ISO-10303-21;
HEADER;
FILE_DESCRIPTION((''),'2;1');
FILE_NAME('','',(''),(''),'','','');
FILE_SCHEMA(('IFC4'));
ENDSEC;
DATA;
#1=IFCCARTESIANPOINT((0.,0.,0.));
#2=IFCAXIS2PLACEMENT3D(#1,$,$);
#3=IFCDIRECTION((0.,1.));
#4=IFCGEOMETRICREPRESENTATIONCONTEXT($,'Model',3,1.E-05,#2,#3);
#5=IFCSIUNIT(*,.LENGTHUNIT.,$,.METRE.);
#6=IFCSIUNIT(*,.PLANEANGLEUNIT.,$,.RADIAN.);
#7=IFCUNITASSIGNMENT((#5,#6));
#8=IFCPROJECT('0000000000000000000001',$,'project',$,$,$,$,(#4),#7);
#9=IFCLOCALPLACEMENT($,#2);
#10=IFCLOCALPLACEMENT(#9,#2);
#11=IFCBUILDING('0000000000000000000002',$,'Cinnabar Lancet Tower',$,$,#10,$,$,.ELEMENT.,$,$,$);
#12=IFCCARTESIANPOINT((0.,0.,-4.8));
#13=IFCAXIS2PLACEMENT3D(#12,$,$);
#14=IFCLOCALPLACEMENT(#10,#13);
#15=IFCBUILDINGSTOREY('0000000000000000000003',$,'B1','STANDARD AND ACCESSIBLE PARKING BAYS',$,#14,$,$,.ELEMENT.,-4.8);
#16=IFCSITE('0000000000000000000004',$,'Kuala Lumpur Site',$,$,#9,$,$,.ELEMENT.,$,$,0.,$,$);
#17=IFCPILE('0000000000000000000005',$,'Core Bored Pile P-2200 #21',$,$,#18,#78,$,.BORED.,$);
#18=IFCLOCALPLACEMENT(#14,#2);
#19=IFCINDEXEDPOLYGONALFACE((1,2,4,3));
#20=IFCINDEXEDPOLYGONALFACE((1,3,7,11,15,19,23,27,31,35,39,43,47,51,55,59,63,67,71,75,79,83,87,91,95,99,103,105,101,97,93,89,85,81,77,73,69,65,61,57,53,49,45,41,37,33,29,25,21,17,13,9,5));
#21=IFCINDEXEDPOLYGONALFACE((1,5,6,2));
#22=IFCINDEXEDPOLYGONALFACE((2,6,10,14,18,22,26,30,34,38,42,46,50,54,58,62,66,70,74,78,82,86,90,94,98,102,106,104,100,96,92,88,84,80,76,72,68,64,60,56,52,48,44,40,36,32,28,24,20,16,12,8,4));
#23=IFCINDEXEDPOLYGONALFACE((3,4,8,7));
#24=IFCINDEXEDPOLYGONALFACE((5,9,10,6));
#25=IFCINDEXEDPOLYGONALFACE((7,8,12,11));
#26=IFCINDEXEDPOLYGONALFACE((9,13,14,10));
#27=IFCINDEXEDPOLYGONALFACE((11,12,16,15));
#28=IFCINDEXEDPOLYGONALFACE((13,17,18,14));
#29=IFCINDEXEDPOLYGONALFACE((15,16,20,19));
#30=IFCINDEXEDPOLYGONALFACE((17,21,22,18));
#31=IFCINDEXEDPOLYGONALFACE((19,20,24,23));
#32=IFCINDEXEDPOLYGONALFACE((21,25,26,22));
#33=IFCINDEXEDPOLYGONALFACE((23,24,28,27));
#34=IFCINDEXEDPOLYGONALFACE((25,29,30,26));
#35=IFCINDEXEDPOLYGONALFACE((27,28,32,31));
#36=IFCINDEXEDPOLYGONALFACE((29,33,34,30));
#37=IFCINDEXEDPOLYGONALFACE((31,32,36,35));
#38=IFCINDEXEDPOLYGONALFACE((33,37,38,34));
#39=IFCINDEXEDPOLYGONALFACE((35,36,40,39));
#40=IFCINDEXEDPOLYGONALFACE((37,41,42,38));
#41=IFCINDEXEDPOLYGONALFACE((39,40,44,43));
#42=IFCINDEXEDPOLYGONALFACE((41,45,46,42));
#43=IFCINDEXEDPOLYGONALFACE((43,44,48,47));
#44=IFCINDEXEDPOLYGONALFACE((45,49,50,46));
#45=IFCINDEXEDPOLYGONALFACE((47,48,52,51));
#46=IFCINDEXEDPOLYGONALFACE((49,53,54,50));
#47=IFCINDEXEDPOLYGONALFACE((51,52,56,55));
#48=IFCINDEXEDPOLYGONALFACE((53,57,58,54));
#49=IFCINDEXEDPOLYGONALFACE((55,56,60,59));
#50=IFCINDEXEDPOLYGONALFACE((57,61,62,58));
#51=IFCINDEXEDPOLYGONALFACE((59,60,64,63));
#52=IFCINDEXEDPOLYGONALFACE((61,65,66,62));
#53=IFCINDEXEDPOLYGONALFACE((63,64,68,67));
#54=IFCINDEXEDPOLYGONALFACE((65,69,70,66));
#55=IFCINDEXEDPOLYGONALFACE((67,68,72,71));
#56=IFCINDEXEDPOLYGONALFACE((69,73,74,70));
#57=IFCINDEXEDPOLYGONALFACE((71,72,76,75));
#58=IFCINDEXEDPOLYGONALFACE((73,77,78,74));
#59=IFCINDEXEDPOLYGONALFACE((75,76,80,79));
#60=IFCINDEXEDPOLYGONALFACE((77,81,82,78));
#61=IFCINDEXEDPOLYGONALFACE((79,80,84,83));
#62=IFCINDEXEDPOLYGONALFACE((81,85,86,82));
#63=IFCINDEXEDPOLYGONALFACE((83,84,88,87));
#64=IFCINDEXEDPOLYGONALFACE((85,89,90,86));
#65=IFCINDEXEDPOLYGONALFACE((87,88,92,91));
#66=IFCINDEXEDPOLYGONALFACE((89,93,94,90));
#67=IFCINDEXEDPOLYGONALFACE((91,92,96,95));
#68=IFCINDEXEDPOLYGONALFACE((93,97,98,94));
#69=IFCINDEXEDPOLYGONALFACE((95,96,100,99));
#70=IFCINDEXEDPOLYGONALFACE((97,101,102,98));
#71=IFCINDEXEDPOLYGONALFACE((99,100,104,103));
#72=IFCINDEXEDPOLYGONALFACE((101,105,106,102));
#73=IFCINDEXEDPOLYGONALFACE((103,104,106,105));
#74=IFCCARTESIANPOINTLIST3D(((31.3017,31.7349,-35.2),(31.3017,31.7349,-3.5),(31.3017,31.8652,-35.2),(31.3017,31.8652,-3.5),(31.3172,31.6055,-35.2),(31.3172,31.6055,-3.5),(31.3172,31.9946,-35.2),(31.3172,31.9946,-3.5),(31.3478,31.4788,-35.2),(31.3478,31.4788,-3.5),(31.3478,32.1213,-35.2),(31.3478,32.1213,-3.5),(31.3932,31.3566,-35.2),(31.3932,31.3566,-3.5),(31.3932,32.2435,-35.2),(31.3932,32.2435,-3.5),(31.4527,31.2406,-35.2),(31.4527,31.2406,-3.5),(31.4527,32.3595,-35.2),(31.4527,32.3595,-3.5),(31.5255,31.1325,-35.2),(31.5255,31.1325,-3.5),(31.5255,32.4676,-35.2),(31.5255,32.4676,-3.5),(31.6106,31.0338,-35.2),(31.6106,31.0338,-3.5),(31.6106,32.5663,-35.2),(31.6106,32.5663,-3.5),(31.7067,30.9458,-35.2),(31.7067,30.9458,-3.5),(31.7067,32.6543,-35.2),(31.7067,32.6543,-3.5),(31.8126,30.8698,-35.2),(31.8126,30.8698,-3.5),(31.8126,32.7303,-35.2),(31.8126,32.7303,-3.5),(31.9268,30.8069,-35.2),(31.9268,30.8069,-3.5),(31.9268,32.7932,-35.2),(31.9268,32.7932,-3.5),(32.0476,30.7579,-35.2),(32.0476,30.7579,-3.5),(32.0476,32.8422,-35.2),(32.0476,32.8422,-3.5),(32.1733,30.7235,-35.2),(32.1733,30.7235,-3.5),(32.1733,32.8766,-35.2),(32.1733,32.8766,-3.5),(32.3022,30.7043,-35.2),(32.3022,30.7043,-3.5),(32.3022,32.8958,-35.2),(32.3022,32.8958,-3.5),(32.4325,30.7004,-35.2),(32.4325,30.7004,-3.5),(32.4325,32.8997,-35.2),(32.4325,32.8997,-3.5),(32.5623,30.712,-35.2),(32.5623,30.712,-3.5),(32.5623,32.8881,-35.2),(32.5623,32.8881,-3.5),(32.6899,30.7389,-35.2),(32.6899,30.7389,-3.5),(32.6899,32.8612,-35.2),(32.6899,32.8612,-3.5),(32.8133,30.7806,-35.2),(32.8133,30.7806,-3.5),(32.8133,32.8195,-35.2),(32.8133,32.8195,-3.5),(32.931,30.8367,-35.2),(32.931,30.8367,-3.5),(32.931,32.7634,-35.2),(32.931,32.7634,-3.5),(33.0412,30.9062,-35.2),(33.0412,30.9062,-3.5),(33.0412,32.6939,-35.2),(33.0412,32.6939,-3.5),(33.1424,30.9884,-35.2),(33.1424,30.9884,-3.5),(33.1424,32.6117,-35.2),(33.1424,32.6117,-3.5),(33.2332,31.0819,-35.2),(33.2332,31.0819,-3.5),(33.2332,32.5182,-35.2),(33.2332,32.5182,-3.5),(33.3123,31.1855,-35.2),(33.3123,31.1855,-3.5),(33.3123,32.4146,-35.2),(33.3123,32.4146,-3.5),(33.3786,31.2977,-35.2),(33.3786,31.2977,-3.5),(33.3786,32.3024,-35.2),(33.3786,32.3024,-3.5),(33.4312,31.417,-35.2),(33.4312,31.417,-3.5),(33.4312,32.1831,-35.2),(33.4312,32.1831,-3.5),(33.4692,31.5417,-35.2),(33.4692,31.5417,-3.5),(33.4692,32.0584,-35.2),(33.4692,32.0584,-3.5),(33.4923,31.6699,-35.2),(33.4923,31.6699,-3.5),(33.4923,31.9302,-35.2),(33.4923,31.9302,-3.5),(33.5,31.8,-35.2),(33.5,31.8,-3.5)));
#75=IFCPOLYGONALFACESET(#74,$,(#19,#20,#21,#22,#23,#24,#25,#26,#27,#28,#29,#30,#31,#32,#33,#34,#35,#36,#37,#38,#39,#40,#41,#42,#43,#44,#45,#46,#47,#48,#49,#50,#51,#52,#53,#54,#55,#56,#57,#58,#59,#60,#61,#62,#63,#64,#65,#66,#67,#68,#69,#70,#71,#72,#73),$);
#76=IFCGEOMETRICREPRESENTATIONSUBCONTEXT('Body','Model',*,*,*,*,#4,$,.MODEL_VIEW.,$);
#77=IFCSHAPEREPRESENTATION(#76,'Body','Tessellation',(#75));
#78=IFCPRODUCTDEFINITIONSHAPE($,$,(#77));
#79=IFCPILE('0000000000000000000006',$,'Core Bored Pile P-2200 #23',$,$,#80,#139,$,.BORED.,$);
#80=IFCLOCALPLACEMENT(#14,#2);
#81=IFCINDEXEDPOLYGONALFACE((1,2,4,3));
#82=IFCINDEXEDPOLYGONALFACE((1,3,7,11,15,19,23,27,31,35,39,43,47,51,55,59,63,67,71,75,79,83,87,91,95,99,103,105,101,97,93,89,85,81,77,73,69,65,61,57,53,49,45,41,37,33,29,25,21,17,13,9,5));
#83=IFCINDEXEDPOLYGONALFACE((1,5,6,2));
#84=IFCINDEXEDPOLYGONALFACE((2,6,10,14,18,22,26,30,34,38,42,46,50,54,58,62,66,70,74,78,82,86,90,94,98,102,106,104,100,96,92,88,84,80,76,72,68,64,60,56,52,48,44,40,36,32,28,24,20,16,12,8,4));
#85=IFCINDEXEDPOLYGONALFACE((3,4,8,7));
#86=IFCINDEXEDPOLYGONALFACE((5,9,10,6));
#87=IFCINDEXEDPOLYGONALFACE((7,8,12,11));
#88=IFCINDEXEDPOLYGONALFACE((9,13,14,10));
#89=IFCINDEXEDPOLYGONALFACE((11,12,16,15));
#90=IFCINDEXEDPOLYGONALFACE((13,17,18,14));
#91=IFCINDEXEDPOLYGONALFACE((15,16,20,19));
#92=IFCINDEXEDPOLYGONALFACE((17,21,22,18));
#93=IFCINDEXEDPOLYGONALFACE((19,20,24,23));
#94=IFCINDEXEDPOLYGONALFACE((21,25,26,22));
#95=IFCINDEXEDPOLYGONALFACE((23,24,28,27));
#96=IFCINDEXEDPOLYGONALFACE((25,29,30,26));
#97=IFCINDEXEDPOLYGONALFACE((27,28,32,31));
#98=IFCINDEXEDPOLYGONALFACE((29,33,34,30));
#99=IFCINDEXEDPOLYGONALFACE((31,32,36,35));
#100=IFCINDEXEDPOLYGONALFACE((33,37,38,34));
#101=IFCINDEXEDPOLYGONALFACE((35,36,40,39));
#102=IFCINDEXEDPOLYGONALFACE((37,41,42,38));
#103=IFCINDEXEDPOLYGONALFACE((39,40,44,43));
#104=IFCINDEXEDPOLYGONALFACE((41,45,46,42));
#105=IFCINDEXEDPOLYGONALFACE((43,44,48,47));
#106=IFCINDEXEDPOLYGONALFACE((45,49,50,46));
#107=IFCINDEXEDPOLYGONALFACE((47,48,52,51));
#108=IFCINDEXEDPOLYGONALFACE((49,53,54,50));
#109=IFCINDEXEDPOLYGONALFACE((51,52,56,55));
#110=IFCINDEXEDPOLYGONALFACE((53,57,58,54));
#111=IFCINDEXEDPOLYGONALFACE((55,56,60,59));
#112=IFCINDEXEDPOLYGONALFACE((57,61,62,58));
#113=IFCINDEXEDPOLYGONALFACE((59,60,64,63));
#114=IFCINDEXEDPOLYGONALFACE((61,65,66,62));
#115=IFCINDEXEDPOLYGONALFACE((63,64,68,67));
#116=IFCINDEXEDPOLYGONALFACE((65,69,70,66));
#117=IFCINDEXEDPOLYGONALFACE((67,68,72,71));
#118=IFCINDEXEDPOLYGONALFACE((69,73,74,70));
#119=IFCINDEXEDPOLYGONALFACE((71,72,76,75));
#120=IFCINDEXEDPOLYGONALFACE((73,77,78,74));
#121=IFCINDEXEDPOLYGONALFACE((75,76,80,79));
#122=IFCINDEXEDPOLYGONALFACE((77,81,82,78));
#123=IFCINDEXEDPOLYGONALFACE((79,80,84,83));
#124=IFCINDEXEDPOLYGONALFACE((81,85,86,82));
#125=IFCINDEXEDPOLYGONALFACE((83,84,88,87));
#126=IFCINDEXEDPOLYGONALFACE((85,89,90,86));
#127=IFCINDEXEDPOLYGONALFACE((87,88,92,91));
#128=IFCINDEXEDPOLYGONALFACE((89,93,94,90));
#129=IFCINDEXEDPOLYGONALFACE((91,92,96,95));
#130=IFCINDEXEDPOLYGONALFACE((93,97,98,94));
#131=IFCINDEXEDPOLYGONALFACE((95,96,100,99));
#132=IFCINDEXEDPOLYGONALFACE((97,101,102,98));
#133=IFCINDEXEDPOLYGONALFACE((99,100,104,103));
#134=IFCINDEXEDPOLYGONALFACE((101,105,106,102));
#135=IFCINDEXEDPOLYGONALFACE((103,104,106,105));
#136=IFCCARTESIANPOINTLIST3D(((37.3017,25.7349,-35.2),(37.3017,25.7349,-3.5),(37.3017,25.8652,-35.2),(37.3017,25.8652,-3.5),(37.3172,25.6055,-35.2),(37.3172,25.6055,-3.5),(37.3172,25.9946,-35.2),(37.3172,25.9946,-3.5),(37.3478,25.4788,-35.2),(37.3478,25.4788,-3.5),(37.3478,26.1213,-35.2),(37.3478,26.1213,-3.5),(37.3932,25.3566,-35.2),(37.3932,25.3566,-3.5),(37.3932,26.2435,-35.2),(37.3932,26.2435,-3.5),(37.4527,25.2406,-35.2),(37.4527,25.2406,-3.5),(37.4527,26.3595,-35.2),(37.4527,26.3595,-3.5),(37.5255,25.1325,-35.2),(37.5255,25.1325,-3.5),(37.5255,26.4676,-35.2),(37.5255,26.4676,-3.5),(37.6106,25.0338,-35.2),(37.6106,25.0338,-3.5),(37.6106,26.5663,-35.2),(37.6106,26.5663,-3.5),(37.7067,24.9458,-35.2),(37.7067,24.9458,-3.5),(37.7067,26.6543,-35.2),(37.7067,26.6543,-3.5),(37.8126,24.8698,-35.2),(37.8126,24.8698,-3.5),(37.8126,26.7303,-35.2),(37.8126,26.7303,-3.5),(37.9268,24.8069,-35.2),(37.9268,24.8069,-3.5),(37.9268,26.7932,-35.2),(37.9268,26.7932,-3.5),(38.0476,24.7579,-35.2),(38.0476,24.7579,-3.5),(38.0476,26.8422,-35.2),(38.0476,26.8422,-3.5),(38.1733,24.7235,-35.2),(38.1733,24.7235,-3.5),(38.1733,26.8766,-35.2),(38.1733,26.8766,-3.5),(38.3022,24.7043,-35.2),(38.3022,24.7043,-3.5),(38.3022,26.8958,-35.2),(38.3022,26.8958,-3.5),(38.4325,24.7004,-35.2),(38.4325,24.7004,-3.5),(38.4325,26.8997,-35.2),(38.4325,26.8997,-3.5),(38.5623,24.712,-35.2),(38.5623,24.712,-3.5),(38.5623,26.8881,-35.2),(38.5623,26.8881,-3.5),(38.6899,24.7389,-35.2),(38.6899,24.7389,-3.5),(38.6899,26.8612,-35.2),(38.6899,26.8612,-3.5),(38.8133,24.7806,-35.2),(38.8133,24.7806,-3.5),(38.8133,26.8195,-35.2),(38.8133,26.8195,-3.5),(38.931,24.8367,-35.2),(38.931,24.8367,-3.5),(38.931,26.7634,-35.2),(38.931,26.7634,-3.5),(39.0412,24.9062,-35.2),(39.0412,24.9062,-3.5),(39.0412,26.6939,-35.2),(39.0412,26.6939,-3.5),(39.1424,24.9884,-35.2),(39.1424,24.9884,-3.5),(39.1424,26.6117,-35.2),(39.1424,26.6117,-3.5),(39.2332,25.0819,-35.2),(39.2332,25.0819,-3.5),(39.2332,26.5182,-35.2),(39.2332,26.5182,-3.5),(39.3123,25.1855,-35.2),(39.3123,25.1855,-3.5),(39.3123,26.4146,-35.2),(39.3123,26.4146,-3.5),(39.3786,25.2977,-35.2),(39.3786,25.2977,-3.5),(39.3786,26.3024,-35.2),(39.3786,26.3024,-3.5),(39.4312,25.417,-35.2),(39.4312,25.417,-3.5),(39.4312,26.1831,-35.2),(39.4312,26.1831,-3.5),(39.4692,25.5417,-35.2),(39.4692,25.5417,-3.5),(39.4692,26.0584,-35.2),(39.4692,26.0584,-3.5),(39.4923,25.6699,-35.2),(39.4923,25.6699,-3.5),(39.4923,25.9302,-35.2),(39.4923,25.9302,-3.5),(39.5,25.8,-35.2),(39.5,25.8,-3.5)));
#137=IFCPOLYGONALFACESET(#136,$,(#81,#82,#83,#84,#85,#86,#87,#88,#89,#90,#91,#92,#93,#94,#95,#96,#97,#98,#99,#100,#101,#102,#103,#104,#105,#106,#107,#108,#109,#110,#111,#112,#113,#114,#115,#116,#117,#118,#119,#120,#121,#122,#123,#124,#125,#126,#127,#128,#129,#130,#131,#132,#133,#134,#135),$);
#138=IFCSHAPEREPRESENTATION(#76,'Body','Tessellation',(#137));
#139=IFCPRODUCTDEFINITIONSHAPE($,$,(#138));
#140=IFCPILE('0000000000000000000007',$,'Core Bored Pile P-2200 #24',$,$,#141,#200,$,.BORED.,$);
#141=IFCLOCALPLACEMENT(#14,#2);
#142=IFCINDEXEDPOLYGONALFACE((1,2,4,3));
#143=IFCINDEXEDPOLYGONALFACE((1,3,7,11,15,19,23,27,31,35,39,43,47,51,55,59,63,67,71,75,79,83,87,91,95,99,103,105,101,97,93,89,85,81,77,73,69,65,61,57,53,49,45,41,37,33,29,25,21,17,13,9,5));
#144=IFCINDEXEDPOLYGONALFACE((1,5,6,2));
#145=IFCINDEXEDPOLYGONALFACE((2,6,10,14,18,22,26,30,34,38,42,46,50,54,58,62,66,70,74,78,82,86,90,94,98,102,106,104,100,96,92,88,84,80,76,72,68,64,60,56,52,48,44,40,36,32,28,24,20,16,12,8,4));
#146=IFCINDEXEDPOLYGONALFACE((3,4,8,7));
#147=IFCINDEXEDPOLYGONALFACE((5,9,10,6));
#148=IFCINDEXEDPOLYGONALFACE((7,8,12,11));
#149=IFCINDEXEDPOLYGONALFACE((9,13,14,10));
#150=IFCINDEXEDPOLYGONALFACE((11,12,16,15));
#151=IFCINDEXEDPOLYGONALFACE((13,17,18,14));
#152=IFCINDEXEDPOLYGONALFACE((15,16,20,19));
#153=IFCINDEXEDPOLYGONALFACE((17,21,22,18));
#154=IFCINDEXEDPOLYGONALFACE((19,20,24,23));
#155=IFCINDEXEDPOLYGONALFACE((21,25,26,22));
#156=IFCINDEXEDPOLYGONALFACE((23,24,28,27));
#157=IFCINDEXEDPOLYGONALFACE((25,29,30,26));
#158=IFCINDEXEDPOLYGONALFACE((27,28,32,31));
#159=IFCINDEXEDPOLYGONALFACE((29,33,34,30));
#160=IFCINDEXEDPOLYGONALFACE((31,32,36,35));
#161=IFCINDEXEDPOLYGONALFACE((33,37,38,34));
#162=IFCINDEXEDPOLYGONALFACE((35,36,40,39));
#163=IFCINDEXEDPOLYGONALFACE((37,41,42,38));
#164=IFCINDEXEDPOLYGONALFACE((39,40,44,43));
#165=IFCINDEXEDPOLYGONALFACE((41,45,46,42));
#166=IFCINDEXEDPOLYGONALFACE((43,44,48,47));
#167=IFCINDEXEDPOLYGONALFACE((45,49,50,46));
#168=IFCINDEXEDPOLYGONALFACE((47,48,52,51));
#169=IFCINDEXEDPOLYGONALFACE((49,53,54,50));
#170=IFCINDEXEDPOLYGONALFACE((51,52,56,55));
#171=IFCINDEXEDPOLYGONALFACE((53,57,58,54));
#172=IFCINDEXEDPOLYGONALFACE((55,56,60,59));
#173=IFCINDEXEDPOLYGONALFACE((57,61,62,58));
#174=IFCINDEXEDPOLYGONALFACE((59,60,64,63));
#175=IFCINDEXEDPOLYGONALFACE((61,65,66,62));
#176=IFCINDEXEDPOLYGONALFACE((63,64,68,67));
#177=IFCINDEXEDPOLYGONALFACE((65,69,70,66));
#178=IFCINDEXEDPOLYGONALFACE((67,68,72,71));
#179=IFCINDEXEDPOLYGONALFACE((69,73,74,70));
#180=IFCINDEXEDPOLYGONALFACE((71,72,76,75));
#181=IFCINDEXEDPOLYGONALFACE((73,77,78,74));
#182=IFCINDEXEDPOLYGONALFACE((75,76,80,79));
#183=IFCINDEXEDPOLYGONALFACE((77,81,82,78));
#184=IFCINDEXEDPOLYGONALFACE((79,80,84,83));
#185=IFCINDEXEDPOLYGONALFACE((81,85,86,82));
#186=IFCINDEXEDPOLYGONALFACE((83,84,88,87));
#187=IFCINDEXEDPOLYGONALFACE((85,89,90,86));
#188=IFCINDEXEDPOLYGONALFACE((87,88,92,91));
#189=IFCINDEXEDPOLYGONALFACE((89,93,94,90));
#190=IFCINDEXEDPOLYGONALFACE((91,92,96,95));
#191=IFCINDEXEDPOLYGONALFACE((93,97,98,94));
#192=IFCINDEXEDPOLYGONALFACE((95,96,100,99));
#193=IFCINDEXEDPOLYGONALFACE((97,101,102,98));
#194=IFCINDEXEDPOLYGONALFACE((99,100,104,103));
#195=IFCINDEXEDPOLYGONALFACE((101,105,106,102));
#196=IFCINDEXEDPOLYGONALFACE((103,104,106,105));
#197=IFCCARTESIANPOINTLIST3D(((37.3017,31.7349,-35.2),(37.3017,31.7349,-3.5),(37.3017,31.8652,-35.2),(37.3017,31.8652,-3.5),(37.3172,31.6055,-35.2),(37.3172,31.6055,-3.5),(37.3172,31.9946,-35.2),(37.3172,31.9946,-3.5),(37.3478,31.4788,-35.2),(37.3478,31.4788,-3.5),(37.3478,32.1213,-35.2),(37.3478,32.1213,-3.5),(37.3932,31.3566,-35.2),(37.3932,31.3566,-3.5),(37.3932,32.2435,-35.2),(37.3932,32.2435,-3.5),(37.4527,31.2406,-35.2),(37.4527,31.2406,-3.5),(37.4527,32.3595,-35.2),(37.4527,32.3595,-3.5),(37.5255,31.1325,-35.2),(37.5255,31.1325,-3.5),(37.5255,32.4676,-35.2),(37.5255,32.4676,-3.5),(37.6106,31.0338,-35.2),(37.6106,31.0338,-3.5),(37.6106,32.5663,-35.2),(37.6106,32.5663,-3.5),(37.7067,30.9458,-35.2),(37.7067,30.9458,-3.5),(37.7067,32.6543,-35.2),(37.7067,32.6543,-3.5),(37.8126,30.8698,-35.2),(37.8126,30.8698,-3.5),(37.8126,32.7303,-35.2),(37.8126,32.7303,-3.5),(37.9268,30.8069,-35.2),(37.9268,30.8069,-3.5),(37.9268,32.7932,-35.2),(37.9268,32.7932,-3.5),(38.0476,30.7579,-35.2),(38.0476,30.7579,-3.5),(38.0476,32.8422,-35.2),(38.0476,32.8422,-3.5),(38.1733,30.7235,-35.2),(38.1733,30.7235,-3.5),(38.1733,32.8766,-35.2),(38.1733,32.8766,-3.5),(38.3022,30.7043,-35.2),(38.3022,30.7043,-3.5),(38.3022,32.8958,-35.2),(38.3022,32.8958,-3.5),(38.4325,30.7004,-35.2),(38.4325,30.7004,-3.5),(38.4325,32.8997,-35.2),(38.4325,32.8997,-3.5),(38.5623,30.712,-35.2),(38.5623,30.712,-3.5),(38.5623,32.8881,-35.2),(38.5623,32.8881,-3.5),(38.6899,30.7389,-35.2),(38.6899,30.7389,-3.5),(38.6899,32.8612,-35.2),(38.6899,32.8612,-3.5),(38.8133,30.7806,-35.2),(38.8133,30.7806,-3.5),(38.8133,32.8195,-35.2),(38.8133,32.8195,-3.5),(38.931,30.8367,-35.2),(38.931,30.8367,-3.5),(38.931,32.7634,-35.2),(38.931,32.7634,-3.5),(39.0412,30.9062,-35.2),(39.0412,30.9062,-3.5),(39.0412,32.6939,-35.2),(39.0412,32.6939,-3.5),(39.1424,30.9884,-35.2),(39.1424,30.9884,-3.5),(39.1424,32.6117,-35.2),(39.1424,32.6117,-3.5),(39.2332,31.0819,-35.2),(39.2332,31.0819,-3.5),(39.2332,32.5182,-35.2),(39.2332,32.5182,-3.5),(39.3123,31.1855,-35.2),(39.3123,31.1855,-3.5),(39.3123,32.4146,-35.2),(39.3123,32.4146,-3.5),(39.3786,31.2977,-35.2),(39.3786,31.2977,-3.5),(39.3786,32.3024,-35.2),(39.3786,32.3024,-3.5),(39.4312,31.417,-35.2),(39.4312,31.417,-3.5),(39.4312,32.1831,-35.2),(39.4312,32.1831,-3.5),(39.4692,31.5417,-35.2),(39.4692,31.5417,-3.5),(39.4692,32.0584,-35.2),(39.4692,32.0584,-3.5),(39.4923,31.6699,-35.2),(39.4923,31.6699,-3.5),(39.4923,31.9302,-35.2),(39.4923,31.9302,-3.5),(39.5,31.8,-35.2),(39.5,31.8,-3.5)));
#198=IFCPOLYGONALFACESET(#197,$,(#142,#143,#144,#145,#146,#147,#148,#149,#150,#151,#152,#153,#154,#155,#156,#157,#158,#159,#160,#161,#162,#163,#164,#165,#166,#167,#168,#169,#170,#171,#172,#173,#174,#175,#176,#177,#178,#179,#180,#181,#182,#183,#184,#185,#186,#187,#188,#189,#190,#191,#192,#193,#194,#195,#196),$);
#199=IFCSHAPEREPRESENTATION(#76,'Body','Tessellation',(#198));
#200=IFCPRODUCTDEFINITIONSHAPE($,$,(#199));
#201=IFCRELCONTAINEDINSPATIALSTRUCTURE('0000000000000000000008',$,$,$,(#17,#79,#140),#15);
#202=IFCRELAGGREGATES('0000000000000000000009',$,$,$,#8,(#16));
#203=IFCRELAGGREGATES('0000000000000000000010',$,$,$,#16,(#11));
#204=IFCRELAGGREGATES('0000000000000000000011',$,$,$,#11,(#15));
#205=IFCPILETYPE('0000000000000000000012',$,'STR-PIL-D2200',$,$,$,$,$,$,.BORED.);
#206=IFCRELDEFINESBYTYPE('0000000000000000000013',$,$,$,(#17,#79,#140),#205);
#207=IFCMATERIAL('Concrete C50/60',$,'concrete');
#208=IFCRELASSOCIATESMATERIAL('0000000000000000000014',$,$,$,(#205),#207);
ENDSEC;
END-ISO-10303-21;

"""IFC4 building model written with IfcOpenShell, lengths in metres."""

from ifc_helpers import new_model, si_unit, direction, frame, origin, origin_2d, place, context, subcontext, project, spatial, circle, extrude, material, material_profile, profile_set, type_object, element, save


model = new_model("IFC4")

# Units and contexts
model_context = context("Model", 3, precision=1e-05, world=origin(), true_north=direction((0.0, 1.0)))
body_context = subcontext(model_context, "Body", "Model", "MODEL_VIEW")
ifc_project = project(units=[si_unit("LENGTHUNIT", "METRE"), si_unit("PLANEANGLEUNIT", "RADIAN")], contexts=[model_context])

# Site, building, storey
site_placement = place(None, origin())
site = spatial("IfcSite", under=ifc_project, at=site_placement, Name="Kuala Lumpur Site", CompositionType="ELEMENT", RefElevation=0.0)
building_placement = place(site_placement, origin())
building = spatial("IfcBuilding", under=site, at=building_placement, Name="Cinnabar Lancet Tower", CompositionType="ELEMENT")
storey_placement = place(building_placement, frame((0.0, 0.0, -4.8)))
storey = spatial("IfcBuildingStorey", under=building, at=storey_placement, Name="B1", Description="STANDARD AND ACCESSIBLE PARKING BAYS", CompositionType="ELEMENT", Elevation=-4.8)

# Piles
ifc_material_1 = material(Name="Concrete C50/60", Category="concrete")
ifc_material_profile_1 = material_profile(ifc_material_1, circle(Radius=1.1001, at=origin_2d()), Name="PILE D2200")
ifc_profile_set_1 = profile_set([ifc_material_profile_1], Name="Concrete C50/60")
pile_type_1 = type_object("IfcPileType", Name="STR-PIL-D2200", PredefinedType="BORED", material=ifc_profile_set_1)
for number, where, z_axis, x_axis, name in (
    (1, (32.3999, 31.8, -3.5), (0.0, 0.0, -1.0), (1.0, 0.0, 0.0), "Core Bored Pile P-2200 #21"),
    (2, (38.3999, 25.8, -3.5), (0.0, 0.0, -1.0), (1.0, 0.0, 0.0), "Core Bored Pile P-2200 #23"),
    (3, (38.3999, 31.8, -3.5), (0.0, 0.0, -1.0), (1.0, 0.0, 0.0), "Core Bored Pile P-2200 #24"),
):
    element("IfcPile", number, at=place(storey_placement, frame(where, z_axis=z_axis, x_axis=x_axis)), inside=storey, type_object=pile_type_1, Name=name, PredefinedType="BORED", context=body_context, shape_type="SweptSolid", body=[
        extrude(circle(Radius=1.1001, at=origin_2d()), origin(), (0.0, 0.0, 1.0), 31.7),
    ])

save(model, "model.ifc")
